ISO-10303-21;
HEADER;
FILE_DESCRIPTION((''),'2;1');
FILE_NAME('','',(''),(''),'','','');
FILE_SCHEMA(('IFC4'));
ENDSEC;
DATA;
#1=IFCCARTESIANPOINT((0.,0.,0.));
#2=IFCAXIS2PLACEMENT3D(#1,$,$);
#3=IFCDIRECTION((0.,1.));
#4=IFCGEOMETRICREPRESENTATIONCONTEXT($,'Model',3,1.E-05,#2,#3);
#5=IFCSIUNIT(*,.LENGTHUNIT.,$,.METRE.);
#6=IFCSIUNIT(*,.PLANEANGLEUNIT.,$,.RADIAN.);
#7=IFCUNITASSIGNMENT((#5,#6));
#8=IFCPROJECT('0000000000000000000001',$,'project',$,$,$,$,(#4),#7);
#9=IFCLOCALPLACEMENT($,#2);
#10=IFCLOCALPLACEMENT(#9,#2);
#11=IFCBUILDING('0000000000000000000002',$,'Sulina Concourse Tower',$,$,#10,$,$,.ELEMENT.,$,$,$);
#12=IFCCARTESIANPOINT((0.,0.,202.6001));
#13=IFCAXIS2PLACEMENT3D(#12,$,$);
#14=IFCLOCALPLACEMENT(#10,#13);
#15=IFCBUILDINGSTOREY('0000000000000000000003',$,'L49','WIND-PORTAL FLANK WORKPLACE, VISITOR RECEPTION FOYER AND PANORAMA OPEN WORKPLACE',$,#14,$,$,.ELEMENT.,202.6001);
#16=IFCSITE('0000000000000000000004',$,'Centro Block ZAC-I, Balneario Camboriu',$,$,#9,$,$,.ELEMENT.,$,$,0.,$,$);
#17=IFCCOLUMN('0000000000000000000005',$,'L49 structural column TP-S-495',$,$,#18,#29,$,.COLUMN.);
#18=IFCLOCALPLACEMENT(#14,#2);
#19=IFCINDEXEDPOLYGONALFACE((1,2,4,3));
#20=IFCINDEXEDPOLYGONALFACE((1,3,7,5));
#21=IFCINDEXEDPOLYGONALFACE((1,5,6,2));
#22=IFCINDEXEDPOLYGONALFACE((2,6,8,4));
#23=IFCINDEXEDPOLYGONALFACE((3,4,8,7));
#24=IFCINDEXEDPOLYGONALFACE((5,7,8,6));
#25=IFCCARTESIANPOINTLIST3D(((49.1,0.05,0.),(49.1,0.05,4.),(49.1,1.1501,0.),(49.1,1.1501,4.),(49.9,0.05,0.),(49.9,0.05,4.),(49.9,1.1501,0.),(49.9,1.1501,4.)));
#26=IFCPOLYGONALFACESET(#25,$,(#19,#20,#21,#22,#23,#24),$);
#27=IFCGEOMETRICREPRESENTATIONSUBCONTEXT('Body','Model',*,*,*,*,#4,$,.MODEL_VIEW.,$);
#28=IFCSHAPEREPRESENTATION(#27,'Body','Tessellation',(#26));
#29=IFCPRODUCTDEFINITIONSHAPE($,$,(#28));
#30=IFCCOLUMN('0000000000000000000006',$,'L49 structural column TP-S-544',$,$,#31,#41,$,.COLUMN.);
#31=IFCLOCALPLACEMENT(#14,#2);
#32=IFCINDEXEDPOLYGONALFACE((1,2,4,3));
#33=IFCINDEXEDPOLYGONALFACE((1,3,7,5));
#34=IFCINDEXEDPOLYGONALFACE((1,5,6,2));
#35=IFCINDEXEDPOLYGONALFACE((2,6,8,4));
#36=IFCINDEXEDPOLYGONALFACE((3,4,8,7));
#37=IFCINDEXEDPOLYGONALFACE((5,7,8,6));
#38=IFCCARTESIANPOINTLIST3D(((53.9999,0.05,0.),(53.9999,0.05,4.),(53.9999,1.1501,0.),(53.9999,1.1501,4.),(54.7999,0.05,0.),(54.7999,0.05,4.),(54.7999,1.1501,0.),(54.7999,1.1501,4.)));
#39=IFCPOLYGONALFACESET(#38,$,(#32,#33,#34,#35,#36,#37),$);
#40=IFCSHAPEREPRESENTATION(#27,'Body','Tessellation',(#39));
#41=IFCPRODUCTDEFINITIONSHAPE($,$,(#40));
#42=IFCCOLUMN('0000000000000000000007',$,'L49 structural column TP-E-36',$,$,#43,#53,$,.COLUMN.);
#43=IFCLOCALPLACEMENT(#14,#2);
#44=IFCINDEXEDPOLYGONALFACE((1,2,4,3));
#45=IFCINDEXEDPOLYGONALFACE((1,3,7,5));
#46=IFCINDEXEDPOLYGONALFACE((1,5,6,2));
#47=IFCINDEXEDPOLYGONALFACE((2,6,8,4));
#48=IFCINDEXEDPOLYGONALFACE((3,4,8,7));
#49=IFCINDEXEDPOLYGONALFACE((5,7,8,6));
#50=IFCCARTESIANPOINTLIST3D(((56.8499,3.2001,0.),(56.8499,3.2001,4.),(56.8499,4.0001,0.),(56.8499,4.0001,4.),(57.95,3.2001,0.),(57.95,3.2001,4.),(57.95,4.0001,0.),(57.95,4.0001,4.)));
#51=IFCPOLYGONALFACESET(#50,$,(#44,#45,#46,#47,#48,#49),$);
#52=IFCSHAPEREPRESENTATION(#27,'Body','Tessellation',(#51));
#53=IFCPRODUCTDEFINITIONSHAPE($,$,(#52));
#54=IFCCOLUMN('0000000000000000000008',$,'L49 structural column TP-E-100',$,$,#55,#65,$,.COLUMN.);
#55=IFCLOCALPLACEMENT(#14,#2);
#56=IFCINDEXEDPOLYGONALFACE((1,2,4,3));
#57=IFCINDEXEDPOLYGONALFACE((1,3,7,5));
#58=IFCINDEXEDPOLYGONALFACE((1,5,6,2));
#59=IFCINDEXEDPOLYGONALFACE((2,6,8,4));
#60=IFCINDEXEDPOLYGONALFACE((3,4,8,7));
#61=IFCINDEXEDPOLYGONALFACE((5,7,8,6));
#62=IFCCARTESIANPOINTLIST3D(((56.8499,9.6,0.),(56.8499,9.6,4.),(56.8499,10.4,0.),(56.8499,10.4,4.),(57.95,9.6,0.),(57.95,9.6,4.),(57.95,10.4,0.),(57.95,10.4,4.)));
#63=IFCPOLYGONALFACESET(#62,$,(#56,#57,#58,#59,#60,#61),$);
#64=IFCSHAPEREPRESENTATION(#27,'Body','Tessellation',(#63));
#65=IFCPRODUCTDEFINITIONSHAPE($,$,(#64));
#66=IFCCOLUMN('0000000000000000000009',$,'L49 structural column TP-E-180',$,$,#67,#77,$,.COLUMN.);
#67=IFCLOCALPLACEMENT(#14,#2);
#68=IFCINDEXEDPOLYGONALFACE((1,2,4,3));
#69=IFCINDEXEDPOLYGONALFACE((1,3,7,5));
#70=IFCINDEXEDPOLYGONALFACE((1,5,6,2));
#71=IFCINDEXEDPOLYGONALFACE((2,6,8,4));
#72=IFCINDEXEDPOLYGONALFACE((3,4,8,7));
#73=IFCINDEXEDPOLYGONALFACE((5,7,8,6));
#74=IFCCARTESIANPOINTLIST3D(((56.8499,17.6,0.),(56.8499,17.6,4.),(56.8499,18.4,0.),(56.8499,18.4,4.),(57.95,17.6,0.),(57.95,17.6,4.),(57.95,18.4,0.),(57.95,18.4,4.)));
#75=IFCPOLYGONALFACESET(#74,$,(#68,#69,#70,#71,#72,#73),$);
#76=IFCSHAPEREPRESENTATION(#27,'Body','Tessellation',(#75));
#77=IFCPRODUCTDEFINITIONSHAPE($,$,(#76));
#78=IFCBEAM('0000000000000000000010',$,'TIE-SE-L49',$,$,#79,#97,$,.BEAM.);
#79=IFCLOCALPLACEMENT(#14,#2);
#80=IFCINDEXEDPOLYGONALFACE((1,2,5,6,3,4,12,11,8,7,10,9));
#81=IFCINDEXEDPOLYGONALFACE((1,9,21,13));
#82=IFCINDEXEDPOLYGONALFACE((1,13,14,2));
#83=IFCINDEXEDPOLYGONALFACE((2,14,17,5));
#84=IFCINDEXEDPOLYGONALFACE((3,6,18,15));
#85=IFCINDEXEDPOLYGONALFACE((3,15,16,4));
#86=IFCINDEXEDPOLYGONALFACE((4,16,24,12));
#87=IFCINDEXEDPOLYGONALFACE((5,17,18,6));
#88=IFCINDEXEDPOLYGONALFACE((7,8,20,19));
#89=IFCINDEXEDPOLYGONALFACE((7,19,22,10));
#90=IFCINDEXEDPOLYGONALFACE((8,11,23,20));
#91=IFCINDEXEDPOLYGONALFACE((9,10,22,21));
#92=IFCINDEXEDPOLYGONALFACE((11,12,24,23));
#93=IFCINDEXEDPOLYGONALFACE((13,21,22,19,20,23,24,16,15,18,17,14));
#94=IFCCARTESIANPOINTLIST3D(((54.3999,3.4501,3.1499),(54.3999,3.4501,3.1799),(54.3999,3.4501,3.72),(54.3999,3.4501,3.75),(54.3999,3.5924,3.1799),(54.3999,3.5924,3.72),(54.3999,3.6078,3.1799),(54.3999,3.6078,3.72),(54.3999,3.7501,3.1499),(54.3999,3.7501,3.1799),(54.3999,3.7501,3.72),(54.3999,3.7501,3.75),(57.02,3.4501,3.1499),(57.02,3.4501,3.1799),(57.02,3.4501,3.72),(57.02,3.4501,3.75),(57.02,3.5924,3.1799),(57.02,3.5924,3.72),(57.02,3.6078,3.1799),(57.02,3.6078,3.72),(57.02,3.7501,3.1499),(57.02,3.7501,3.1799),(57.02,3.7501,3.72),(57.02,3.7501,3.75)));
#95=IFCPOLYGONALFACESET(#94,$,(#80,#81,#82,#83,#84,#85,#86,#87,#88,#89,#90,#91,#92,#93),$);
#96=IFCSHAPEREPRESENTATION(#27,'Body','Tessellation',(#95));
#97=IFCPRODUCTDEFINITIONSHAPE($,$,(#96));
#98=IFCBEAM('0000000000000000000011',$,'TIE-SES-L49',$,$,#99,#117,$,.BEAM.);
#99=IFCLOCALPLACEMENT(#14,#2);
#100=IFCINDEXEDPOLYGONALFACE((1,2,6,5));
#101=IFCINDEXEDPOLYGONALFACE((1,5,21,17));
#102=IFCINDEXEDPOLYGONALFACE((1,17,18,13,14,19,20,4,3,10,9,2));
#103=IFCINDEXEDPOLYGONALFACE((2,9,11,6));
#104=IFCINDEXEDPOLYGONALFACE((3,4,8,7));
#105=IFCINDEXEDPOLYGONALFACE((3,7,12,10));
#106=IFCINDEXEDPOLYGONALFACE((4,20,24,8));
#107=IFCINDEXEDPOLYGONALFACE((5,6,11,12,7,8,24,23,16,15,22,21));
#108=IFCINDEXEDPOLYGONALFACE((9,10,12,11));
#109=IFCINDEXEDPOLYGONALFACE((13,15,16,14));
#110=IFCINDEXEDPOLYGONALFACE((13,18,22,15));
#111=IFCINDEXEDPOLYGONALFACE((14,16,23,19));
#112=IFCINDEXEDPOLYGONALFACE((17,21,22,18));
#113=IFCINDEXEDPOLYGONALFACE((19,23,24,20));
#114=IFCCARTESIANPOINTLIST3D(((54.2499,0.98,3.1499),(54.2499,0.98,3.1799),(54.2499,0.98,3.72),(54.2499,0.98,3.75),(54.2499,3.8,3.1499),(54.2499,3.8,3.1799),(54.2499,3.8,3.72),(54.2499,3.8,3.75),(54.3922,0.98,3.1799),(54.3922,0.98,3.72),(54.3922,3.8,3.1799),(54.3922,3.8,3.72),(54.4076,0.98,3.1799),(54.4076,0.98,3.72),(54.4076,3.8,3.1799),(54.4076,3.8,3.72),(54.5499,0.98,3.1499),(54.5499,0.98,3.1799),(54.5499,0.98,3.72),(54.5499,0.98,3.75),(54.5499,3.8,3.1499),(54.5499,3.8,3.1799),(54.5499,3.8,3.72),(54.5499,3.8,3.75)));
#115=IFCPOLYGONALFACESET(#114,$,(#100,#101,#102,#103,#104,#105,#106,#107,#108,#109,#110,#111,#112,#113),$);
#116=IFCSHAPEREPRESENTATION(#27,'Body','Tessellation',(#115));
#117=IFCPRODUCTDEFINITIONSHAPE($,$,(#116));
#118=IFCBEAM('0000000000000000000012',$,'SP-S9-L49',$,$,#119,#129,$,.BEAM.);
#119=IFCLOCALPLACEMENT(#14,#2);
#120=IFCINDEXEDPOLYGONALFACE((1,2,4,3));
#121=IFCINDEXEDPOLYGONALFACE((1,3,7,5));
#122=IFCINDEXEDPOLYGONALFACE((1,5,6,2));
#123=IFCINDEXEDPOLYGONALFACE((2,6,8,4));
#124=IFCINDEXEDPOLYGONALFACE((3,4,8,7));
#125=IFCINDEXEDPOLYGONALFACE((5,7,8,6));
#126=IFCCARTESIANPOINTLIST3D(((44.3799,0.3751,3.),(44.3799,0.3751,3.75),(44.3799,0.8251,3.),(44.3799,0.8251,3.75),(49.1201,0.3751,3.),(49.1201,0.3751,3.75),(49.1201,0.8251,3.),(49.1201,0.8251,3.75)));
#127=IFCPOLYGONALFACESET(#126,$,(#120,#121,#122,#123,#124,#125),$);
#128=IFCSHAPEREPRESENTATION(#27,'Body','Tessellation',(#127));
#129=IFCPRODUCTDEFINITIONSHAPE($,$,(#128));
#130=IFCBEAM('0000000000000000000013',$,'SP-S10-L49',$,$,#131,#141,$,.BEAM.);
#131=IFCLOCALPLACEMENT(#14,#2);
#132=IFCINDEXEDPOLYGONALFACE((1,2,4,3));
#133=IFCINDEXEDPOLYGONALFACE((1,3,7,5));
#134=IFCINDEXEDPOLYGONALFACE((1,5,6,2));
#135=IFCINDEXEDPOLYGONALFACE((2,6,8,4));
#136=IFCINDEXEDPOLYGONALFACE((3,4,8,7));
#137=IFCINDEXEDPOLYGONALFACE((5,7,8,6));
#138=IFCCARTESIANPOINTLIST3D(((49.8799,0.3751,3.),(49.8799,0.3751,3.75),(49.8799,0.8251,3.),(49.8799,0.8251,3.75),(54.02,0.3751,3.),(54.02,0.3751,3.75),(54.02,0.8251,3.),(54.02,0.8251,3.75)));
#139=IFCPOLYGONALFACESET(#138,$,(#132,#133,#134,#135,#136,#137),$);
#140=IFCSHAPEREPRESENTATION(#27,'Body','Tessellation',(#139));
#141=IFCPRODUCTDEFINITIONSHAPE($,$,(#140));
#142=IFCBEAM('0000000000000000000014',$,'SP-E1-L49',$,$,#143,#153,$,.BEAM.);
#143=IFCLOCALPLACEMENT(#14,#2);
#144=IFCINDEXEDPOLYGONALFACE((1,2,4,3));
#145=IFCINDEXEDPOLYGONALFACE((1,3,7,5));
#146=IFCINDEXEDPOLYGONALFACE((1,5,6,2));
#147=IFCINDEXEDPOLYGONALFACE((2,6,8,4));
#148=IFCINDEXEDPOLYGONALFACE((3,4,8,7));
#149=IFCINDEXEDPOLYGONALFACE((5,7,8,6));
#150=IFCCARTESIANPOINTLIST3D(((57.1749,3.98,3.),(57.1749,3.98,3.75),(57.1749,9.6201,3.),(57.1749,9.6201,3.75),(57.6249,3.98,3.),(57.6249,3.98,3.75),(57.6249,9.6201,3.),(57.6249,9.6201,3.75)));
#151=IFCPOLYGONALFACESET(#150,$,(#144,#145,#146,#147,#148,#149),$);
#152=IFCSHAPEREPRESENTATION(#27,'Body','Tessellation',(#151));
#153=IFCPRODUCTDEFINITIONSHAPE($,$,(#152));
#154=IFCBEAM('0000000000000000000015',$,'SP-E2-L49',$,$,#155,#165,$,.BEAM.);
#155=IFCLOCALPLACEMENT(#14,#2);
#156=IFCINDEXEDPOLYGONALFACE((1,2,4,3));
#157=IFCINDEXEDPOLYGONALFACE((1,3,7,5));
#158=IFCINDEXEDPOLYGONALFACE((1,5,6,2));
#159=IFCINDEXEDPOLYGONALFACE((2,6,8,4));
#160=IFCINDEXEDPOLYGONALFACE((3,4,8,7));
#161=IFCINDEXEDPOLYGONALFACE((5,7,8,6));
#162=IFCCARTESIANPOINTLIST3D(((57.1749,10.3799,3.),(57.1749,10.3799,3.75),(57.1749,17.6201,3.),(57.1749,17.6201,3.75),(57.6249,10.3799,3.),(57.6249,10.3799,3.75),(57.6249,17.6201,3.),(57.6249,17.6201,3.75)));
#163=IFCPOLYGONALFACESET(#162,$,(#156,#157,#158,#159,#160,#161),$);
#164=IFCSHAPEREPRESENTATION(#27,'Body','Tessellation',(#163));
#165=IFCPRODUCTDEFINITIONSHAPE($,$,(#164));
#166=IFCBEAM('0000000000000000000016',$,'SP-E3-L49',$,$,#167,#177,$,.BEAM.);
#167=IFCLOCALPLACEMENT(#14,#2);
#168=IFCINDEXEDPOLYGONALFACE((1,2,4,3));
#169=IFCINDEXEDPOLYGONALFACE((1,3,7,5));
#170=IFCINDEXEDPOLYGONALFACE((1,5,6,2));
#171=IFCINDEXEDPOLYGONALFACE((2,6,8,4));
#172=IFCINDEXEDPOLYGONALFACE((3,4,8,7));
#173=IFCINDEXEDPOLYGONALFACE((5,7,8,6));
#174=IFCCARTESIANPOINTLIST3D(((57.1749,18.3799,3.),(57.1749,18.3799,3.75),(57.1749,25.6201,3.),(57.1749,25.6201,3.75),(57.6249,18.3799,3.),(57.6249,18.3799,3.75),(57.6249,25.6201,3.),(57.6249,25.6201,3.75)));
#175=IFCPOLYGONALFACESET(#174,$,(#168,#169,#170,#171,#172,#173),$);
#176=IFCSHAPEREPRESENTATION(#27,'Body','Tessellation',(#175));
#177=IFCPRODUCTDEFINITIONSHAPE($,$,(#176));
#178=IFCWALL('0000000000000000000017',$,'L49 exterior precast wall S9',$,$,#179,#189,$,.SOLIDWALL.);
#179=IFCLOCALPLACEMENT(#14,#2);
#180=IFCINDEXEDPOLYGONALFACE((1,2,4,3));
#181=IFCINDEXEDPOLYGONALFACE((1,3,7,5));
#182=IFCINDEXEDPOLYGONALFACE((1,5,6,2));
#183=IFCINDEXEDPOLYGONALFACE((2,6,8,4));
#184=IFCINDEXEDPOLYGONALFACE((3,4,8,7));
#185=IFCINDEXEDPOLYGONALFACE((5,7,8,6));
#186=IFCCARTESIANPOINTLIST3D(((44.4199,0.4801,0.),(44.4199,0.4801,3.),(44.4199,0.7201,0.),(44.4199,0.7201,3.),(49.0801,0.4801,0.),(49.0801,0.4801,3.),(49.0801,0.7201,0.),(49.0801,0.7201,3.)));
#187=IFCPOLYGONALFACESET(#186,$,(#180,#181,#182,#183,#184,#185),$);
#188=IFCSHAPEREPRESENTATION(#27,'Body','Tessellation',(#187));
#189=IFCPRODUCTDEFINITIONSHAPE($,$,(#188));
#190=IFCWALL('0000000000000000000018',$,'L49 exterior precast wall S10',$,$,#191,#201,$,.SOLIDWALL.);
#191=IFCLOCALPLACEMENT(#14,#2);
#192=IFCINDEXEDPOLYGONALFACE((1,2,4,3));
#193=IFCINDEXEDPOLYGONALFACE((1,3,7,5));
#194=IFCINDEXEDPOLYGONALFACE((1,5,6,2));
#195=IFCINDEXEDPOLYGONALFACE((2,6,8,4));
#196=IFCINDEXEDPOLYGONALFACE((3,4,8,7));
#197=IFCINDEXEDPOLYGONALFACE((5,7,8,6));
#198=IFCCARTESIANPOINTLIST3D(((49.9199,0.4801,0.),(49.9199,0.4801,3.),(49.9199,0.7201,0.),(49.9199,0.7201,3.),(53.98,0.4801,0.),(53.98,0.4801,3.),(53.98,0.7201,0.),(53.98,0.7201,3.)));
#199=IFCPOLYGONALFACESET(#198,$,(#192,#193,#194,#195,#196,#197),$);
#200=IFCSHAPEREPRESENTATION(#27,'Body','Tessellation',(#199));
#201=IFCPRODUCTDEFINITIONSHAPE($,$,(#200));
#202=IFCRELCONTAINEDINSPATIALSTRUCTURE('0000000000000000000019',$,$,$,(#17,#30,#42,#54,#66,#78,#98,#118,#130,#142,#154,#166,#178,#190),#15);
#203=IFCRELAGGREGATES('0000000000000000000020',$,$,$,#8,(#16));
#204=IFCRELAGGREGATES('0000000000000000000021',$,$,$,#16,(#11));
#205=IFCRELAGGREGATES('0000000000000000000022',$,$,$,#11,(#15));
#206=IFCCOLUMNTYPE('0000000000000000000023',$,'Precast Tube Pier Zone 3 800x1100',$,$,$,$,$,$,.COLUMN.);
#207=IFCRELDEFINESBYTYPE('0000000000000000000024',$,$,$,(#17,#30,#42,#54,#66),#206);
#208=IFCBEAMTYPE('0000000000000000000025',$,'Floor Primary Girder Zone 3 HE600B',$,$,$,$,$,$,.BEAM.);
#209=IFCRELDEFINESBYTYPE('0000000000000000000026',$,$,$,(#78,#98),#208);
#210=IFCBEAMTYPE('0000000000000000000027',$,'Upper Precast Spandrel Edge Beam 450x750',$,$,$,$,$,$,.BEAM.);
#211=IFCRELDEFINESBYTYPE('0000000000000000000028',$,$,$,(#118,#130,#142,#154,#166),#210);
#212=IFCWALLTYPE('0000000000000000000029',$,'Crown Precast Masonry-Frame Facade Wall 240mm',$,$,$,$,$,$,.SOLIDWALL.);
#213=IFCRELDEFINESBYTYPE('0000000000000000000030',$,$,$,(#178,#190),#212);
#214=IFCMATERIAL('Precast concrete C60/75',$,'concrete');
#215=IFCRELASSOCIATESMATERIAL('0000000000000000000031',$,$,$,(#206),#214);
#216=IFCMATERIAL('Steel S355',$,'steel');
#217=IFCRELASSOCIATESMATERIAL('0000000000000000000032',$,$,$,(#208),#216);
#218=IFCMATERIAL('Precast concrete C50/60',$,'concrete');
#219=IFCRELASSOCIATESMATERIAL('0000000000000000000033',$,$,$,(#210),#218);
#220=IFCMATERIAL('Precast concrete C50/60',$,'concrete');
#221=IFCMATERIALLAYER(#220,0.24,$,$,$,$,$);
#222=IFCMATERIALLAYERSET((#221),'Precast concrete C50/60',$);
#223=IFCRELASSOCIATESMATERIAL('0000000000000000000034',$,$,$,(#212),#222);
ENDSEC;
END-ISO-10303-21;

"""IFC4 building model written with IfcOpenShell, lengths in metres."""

from ifc_helpers import new_model, si_unit, direction, frame, frame_2d, origin, origin_2d, place, context, subcontext, project, spatial, rectangle, i_section, extrude, material, layer, layer_set, material_profile, profile_set, type_object, element, save


model = new_model("IFC4")

# Units and contexts
model_context = context("Model", 3, precision=1e-05, world=origin(), true_north=direction((0.0, 1.0)))
body_context = subcontext(model_context, "Body", "Model", "MODEL_VIEW")
ifc_project = project(units=[si_unit("LENGTHUNIT", "METRE"), si_unit("PLANEANGLEUNIT", "RADIAN")], contexts=[model_context])

# Site, building, storey
site_placement = place(None, origin())
site = spatial("IfcSite", under=ifc_project, at=site_placement, Name="Centro Block ZAC-I, Balneario Camboriu", CompositionType="ELEMENT", RefElevation=0.0)
building_placement = place(site_placement, origin())
building = spatial("IfcBuilding", under=site, at=building_placement, Name="Sulina Concourse Tower", CompositionType="ELEMENT")
storey_placement = place(building_placement, frame((0.0, 0.0, 202.6001)))
storey = spatial("IfcBuildingStorey", under=building, at=storey_placement, Name="L49", Description="WIND-PORTAL FLANK WORKPLACE, VISITOR RECEPTION FOYER AND PANORAMA OPEN WORKPLACE", CompositionType="ELEMENT", Elevation=202.6001)

# Columns
ifc_material_1 = material(Name="Precast concrete C60/75", Category="concrete")
ifc_material_profile_1 = material_profile(ifc_material_1, rectangle(XDim=0.8, YDim=1.1001, at=origin_2d()), Name="PC 800x1100")
ifc_profile_set_1 = profile_set([ifc_material_profile_1], Name="Precast concrete C60/75")
column_type = type_object("IfcColumnType", Name="Precast Tube Pier Zone 3 800x1100", PredefinedType="COLUMN", material=ifc_profile_set_1)
for number, where, z_axis, x_axis, name in (
    (1, (49.5, 0.6001, 0.0), (0.0, 0.0, 1.0), (1.0, 0.0, 0.0), "L49 structural column TP-S-495"),
    (2, (54.3999, 0.6001, 0.0), (0.0, 0.0, 1.0), (1.0, 0.0, 0.0), "L49 structural column TP-S-544"),
    (3, (57.3999, 3.6001, 0.0), (0.0, 0.0, 1.0), (0.0, 1.0, 0.0), "L49 structural column TP-E-36"),
    (4, (57.3999, 10.0, 0.0), (0.0, 0.0, 1.0), (0.0, 1.0, 0.0), "L49 structural column TP-E-100"),
    (5, (57.3999, 18.0, 0.0), (0.0, 0.0, 1.0), (0.0, 1.0, 0.0), "L49 structural column TP-E-180"),
):
    element("IfcColumn", number, at=place(storey_placement, frame(where, z_axis=z_axis, x_axis=x_axis)), inside=storey, type_object=column_type, Name=name, PredefinedType="COLUMN", context=body_context, shape_type="SweptSolid", body=[
        extrude(rectangle(XDim=0.8, YDim=1.1001, at=origin_2d()), origin(), (0.0, 0.0, 1.0), 4.0),
    ])

# Beams
ifc_material_2 = material(Name="Steel S355", Category="steel")
ifc_material_profile_2 = material_profile(ifc_material_2, i_section(OverallWidth=0.3, OverallDepth=0.6001, WebThickness=0.0154, FlangeThickness=0.03, at=origin_2d()), Name="HE 600 B")
ifc_profile_set_2 = profile_set([ifc_material_profile_2], Name="Steel S355")
beam_type_1 = type_object("IfcBeamType", Name="Floor Primary Girder Zone 3 HE600B", PredefinedType="BEAM", material=ifc_profile_set_2)
beam_1_placement = place(storey_placement, frame((54.3999, 3.6001, 3.45), z_axis=(1.0, 0.0, 0.0), x_axis=(0.0, 1.0, 0.0)))
element("IfcBeam", 6, at=beam_1_placement, inside=storey, type_object=beam_type_1, Name="TIE-SE-L49", PredefinedType="BEAM", context=body_context, shape_type="SweptSolid", body=[
    extrude(i_section(OverallWidth=0.3, OverallDepth=0.6001, WebThickness=0.0154, FlangeThickness=0.03, at=origin_2d()), origin(), (0.0, 0.0, 1.0), 2.6201),
])
beam_2_placement = place(storey_placement, frame((54.3999, 0.98, 3.45), z_axis=(0.0, 1.0, 0.0), x_axis=(-1.0, 0.0, 0.0)))
element("IfcBeam", 7, at=beam_2_placement, inside=storey, type_object=beam_type_1, Name="TIE-SES-L49", PredefinedType="BEAM", context=body_context, shape_type="SweptSolid", body=[
    extrude(i_section(OverallWidth=0.3, OverallDepth=0.6001, WebThickness=0.0154, FlangeThickness=0.03, at=origin_2d()), origin(), (0.0, 0.0, 1.0), 2.8201),
])
ifc_material_3 = material(Name="Precast concrete C50/60", Category="concrete")
ifc_material_profile_3 = material_profile(ifc_material_3, rectangle(XDim=0.45, YDim=0.75, at=origin_2d()), Name="RC 450x750")
ifc_profile_set_3 = profile_set([ifc_material_profile_3], Name="Precast concrete C50/60")
beam_type_2 = type_object("IfcBeamType", Name="Upper Precast Spandrel Edge Beam 450x750", PredefinedType="BEAM", material=ifc_profile_set_3)
beam_3_placement = place(storey_placement, frame((44.3799, 0.6001, 3.375), z_axis=(1.0, 0.0, 0.0), x_axis=(0.0, 1.0, 0.0)))
element("IfcBeam", 8, at=beam_3_placement, inside=storey, type_object=beam_type_2, Name="SP-S9-L49", PredefinedType="BEAM", context=body_context, shape_type="SweptSolid", body=[
    extrude(rectangle(XDim=0.45, YDim=0.75, at=origin_2d()), origin(), (0.0, 0.0, 1.0), 4.7402),
])
beam_4_placement = place(storey_placement, frame((49.8799, 0.6001, 3.375), z_axis=(1.0, 0.0, 0.0), x_axis=(0.0, 1.0, 0.0)))
element("IfcBeam", 9, at=beam_4_placement, inside=storey, type_object=beam_type_2, Name="SP-S10-L49", PredefinedType="BEAM", context=body_context, shape_type="SweptSolid", body=[
    extrude(rectangle(XDim=0.45, YDim=0.75, at=origin_2d()), origin(), (0.0, 0.0, 1.0), 4.1401),
])
beam_5_placement = place(storey_placement, frame((57.3999, 3.98, 3.375), z_axis=(0.0, 1.0, 0.0), x_axis=(-1.0, 0.0, 0.0)))
element("IfcBeam", 10, at=beam_5_placement, inside=storey, type_object=beam_type_2, Name="SP-E1-L49", PredefinedType="BEAM", context=body_context, shape_type="SweptSolid", body=[
    extrude(rectangle(XDim=0.45, YDim=0.75, at=origin_2d()), origin(), (0.0, 0.0, 1.0), 5.6401),
])
for number, where, z_axis, x_axis, name in (
    (11, (57.3999, 10.3799, 3.375), (0.0, 1.0, 0.0), (-1.0, 0.0, 0.0), "SP-E2-L49"),
    (12, (57.3999, 18.3799, 3.375), (0.0, 1.0, 0.0), (-1.0, 0.0, 0.0), "SP-E3-L49"),
):
    element("IfcBeam", number, at=place(storey_placement, frame(where, z_axis=z_axis, x_axis=x_axis)), inside=storey, type_object=beam_type_2, Name=name, PredefinedType="BEAM", context=body_context, shape_type="SweptSolid", body=[
        extrude(rectangle(XDim=0.45, YDim=0.75, at=origin_2d()), origin(), (0.0, 0.0, 1.0), 7.2402),
    ])

# Walls
ifc_material_4 = material(Name="Precast concrete C50/60", Category="concrete")
ifc_layer_1 = layer(ifc_material_4, 0.24)
ifc_layer_set_1 = layer_set([ifc_layer_1], Name="Precast concrete C50/60")
wall_type_1 = type_object("IfcWallType", Name="Crown Precast Masonry-Frame Facade Wall 240mm", PredefinedType="SOLIDWALL", material=ifc_layer_set_1)
wall_1_placement = place(storey_placement, frame((49.0801, 0.6001, 0.0), z_axis=(0.0, 0.0, 1.0), x_axis=(-1.0, 0.0, 0.0)))
element("IfcWall", 13, at=wall_1_placement, inside=storey, type_object=wall_type_1, Name="L49 exterior precast wall S9", PredefinedType="SOLIDWALL", context=body_context, shape_type="SweptSolid", body=[
    extrude(rectangle(XDim=4.6602, YDim=0.24, at=frame_2d((2.3301, 0.0))), origin(), (0.0, 0.0, 1.0), 3.0),
])
wall_2_placement = place(storey_placement, frame((53.98, 0.6001, 0.0), z_axis=(0.0, 0.0, 1.0), x_axis=(-1.0, 0.0, 0.0)))
element("IfcWall", 14, at=wall_2_placement, inside=storey, type_object=wall_type_1, Name="L49 exterior precast wall S10", PredefinedType="SOLIDWALL", context=body_context, shape_type="SweptSolid", body=[
    extrude(rectangle(XDim=4.0601, YDim=0.24, at=frame_2d((2.03, 0.0))), origin(), (0.0, 0.0, 1.0), 3.0),
])

save(model, "model.ifc")
